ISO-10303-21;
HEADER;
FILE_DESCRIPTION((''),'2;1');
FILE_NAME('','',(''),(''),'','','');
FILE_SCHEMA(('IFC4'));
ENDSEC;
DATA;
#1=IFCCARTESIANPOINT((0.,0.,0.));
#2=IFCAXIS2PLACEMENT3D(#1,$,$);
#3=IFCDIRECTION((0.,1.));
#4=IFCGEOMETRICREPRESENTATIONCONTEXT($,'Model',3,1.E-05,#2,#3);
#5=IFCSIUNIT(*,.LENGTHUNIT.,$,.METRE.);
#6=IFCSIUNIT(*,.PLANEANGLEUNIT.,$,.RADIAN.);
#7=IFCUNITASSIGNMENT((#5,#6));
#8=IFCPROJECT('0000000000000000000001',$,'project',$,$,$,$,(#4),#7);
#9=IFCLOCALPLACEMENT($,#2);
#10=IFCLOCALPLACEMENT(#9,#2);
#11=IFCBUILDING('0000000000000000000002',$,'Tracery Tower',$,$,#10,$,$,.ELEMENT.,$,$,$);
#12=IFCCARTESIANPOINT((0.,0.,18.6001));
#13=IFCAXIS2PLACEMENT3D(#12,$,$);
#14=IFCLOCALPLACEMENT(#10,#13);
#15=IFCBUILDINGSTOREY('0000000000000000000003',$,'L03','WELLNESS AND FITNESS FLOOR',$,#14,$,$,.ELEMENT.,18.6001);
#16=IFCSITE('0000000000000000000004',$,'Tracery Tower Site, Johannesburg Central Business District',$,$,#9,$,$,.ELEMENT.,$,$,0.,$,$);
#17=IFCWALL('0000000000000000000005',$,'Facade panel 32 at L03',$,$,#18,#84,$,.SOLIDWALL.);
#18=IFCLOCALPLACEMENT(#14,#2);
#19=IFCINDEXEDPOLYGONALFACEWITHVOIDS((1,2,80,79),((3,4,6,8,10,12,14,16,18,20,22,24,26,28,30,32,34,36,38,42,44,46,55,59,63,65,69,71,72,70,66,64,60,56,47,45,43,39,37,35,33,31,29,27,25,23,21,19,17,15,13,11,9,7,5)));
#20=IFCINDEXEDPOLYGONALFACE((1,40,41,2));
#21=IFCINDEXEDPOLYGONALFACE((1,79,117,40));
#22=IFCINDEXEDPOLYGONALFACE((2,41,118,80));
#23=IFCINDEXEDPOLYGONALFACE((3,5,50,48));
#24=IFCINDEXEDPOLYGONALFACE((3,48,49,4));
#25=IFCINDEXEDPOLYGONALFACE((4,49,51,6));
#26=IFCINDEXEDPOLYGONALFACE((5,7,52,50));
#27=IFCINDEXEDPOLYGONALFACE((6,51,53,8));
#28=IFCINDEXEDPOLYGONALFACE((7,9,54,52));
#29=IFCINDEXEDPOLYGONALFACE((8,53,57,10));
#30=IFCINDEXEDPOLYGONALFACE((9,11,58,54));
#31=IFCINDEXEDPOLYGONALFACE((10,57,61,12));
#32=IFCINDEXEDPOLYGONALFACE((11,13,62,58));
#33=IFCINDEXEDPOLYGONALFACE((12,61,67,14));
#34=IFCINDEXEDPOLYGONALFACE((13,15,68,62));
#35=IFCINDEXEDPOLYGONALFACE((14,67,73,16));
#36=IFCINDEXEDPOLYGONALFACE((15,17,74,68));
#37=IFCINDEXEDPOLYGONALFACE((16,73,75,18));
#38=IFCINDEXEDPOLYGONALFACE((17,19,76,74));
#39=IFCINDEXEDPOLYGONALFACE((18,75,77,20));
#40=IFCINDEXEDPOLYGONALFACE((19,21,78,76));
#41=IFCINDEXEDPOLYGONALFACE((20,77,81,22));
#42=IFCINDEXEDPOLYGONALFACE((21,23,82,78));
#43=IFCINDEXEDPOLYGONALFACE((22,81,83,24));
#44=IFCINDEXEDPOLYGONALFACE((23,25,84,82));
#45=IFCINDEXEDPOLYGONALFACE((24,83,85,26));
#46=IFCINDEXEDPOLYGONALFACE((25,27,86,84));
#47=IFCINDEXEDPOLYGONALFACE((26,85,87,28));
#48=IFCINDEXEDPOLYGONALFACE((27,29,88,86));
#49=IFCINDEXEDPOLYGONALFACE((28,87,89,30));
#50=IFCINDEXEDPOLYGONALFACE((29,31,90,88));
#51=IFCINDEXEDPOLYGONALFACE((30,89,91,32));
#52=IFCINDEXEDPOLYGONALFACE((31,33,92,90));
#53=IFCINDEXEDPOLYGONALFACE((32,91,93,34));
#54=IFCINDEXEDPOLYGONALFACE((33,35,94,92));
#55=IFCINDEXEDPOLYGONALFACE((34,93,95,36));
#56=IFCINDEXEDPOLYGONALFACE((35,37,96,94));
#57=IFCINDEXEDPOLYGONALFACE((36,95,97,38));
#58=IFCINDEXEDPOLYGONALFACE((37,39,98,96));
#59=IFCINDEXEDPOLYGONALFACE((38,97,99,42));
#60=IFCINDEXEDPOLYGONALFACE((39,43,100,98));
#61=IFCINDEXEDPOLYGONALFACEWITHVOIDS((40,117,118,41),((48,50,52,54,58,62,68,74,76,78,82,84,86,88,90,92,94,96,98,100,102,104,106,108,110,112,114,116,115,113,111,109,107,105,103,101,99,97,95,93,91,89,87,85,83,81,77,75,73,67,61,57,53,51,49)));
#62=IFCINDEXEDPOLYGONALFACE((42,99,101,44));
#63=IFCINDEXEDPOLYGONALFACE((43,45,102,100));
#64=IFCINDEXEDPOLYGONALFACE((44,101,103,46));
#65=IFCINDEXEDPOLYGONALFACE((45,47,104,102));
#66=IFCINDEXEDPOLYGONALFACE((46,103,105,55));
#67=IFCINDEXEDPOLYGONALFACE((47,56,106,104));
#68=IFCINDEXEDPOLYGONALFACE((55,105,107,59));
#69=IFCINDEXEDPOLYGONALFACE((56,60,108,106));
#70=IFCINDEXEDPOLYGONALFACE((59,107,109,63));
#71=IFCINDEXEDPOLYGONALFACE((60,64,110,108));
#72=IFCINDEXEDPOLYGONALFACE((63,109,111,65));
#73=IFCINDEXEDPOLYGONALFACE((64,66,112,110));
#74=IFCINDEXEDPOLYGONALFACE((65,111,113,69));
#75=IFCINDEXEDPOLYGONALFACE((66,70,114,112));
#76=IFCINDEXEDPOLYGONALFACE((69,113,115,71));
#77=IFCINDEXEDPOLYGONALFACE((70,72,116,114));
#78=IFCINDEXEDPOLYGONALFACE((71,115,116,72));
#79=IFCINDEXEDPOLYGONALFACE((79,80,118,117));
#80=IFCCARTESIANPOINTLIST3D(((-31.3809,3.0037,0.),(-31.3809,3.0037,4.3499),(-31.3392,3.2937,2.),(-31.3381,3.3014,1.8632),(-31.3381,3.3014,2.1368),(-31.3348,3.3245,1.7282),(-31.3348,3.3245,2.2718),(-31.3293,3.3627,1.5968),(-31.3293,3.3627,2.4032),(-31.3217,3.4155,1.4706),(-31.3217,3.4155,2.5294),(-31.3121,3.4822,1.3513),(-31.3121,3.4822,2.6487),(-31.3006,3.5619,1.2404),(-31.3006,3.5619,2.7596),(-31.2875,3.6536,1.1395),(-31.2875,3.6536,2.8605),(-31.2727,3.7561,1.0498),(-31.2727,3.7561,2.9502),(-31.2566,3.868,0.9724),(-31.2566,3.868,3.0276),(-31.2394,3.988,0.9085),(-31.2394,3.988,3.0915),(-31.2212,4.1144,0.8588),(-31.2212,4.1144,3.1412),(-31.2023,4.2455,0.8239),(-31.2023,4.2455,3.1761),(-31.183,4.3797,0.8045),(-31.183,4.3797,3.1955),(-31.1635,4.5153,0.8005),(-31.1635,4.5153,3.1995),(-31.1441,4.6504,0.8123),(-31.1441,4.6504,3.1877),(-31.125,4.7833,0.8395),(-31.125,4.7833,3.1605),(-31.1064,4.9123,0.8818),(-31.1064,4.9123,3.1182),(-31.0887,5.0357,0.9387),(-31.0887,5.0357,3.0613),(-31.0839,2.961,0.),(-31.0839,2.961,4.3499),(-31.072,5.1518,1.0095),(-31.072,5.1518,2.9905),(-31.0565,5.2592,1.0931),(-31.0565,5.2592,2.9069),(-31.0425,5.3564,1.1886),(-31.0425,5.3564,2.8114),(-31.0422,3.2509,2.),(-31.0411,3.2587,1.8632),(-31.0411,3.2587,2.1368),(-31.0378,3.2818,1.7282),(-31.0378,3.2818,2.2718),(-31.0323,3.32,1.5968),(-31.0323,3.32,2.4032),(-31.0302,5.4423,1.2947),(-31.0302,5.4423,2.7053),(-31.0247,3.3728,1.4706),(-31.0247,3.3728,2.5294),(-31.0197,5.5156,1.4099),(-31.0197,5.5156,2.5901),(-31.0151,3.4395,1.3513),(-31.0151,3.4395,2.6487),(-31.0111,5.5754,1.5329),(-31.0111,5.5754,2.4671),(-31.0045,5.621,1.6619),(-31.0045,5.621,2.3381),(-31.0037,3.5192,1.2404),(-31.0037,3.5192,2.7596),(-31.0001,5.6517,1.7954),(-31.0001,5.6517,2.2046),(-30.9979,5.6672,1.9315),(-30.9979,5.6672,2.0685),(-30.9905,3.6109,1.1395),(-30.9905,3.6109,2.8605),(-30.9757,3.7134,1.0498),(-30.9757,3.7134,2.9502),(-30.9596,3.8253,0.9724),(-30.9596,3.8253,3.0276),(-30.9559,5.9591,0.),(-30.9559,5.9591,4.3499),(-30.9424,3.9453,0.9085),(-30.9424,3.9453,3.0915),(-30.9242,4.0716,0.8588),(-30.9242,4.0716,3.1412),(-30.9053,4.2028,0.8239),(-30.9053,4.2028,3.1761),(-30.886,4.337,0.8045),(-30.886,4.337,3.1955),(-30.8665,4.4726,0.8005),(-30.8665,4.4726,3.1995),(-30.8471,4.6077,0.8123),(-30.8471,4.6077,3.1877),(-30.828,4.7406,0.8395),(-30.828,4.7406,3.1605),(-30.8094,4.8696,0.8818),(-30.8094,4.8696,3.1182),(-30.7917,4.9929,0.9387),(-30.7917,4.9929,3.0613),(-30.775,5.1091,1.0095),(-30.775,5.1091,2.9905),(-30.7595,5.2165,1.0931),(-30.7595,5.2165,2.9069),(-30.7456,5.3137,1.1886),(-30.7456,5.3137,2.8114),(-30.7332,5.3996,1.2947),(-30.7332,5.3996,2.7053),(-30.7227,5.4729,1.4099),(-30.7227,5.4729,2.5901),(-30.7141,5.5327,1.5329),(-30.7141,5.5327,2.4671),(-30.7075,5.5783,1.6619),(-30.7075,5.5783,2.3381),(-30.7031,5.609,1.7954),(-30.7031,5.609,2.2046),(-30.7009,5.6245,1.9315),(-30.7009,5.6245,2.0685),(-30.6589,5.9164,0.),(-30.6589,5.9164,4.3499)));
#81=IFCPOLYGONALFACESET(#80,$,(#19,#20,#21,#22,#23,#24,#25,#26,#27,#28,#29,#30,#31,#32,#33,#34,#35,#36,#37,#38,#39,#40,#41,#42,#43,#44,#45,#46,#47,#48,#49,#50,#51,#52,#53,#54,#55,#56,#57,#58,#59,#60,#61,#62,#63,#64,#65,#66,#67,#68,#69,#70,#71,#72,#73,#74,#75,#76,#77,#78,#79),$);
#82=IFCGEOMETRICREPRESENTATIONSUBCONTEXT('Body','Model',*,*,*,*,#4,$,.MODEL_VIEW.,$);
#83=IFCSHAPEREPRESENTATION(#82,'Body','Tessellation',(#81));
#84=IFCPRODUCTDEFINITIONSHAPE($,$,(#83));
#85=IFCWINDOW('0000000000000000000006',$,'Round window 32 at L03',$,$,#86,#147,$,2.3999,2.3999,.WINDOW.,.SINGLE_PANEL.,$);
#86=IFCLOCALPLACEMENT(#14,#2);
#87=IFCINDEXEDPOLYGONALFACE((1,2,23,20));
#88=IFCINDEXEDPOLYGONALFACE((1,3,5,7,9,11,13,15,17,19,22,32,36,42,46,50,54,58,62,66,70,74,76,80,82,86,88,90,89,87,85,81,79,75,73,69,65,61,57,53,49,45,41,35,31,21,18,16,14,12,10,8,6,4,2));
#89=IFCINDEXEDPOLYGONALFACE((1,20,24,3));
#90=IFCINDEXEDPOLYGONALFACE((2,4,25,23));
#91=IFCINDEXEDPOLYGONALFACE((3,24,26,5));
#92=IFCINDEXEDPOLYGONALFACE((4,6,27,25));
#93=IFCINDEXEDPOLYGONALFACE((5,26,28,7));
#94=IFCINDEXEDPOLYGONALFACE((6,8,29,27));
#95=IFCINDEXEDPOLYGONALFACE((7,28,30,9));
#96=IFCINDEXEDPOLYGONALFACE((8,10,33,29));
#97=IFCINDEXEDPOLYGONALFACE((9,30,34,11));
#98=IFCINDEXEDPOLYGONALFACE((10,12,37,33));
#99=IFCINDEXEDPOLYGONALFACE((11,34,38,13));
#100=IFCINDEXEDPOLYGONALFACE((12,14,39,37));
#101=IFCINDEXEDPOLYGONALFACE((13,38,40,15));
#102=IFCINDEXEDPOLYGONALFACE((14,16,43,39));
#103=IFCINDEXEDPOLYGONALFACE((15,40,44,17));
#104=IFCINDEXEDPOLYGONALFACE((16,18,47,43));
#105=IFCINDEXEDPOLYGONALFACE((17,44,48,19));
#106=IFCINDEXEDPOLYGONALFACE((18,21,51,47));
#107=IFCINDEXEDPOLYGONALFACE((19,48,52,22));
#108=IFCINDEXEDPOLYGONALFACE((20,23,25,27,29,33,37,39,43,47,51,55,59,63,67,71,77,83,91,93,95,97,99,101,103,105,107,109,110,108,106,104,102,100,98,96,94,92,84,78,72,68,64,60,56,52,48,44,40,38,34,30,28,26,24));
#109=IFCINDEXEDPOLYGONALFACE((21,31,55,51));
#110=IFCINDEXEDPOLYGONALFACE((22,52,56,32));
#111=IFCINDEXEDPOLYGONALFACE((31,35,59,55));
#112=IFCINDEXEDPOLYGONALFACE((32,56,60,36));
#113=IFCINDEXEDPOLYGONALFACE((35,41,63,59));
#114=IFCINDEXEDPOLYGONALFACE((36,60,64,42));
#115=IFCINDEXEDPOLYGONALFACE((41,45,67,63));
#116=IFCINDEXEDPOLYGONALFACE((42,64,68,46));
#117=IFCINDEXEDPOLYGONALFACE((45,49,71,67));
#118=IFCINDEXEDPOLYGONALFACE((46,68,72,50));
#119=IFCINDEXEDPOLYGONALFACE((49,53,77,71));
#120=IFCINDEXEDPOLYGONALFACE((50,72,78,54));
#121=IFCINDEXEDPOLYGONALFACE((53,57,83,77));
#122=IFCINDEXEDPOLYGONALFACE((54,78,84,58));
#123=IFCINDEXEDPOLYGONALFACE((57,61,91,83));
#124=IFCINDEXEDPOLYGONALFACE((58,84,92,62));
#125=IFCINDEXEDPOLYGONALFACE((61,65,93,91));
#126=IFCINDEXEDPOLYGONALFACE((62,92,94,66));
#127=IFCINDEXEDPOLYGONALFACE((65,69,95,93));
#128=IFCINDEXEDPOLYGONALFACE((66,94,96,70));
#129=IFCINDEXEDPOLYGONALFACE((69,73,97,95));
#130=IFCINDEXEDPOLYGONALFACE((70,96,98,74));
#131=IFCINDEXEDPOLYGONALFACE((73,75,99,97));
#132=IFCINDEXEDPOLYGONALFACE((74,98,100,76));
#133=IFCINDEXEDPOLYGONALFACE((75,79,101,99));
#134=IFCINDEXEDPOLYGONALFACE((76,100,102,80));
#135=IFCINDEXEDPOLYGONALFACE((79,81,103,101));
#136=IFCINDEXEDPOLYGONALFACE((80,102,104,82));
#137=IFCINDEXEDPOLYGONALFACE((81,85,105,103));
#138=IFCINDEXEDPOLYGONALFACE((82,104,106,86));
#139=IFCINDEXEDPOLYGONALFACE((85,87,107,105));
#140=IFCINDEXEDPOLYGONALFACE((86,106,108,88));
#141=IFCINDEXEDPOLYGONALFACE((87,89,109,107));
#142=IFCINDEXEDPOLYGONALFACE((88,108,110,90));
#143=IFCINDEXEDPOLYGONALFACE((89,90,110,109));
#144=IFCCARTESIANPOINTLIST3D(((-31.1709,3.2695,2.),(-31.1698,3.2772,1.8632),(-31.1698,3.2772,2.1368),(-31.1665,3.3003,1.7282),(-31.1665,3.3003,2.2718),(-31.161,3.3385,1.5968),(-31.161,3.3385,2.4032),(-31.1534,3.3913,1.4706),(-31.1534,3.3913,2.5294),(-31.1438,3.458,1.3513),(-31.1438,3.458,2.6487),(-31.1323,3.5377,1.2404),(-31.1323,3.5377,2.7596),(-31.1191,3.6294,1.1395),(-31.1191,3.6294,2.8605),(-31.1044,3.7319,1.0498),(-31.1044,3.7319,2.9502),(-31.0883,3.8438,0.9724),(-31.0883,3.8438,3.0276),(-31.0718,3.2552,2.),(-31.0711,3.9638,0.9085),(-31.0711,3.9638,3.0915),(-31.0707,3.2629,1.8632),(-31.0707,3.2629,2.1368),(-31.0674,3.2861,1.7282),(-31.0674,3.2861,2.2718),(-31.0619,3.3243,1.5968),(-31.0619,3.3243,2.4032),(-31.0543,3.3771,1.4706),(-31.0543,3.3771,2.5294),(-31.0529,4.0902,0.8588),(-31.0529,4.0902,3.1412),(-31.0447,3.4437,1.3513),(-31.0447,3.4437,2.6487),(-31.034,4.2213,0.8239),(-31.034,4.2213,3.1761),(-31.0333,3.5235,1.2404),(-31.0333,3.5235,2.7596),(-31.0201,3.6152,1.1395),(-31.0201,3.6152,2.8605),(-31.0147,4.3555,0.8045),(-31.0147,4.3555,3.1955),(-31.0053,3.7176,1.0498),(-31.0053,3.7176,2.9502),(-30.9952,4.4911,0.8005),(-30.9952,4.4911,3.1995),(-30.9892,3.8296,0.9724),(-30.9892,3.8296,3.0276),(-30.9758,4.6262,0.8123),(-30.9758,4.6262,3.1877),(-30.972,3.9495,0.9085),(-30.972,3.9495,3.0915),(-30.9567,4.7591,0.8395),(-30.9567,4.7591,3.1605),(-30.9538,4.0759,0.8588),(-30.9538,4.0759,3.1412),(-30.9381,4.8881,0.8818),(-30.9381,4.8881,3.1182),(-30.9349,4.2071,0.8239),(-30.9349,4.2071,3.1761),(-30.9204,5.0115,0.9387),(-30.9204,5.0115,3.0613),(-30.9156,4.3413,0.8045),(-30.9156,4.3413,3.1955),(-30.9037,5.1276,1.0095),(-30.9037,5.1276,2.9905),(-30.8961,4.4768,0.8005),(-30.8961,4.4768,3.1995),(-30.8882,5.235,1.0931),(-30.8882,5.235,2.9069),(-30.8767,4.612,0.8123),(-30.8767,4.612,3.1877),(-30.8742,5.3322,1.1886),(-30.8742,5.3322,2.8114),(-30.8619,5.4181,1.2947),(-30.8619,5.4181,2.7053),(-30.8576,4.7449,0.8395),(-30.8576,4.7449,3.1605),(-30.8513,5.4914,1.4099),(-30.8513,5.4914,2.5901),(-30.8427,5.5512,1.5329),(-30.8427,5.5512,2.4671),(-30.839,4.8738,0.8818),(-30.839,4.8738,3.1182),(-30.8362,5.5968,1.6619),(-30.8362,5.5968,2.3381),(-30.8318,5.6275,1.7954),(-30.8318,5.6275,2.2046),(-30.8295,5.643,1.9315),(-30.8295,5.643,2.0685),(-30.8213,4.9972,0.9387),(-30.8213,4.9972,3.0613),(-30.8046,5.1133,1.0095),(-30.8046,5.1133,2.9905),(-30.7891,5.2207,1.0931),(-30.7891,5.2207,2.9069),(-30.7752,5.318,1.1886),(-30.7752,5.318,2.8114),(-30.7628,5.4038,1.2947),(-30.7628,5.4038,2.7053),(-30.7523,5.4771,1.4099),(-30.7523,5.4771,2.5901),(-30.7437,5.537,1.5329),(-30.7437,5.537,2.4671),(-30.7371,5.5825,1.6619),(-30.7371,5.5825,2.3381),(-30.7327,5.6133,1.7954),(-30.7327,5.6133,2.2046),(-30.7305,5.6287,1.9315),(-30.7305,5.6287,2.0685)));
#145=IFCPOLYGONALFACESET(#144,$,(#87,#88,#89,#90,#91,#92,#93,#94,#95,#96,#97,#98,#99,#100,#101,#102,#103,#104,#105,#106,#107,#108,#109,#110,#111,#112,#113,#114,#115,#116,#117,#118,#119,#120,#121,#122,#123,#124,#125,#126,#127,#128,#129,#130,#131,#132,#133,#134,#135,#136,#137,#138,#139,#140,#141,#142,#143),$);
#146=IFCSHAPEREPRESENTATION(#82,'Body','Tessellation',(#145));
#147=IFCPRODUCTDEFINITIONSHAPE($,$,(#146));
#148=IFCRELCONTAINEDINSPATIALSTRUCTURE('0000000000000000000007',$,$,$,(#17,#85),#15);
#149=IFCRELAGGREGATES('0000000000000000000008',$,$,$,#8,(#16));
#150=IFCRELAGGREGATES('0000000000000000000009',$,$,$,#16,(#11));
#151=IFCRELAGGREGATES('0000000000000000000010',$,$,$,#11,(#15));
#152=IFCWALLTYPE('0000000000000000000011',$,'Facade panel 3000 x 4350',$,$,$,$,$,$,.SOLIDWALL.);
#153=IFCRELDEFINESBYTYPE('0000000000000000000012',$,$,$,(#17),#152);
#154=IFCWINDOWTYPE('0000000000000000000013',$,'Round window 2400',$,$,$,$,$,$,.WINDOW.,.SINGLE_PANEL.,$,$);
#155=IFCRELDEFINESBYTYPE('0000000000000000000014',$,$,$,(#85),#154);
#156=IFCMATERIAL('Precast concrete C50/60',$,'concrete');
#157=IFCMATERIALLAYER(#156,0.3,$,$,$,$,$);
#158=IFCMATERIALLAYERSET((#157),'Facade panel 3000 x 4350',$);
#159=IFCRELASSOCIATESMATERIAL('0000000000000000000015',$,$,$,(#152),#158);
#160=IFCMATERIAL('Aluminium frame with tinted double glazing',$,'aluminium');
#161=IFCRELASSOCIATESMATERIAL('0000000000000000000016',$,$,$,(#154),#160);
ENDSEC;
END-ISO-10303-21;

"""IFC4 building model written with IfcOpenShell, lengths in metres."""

from ifc_helpers import new_model, si_unit, direction, frame, frame_2d, origin, origin_2d, place, context, subcontext, project, spatial, rectangle, circle, extrude, material, layer, layer_set, type_object, element, fill, save


model = new_model("IFC4")

# Units and contexts
model_context = context("Model", 3, precision=1e-05, world=origin(), true_north=direction((0.0, 1.0)))
body_context = subcontext(model_context, "Body", "Model", "MODEL_VIEW")
ifc_project = project(units=[si_unit("LENGTHUNIT", "METRE"), si_unit("PLANEANGLEUNIT", "RADIAN")], contexts=[model_context])

# Site, building, storey
site_placement = place(None, origin())
site = spatial("IfcSite", under=ifc_project, at=site_placement, Name="Tracery Tower Site, Johannesburg Central Business District", CompositionType="ELEMENT", RefElevation=0.0)
building_placement = place(site_placement, origin())
building = spatial("IfcBuilding", under=site, at=building_placement, Name="Tracery Tower", CompositionType="ELEMENT")
storey_placement = place(building_placement, frame((0.0, 0.0, 18.6001)))
storey = spatial("IfcBuildingStorey", under=building, at=storey_placement, Name="L03", Description="WELLNESS AND FITNESS FLOOR", CompositionType="ELEMENT", Elevation=18.6001)

# Wall, opening, window
ifc_material_1 = material(Name="Precast concrete C50/60", Category="concrete")
ifc_layer_1 = layer(ifc_material_1, 0.3)
ifc_layer_set_1 = layer_set([ifc_layer_1], Name="Facade panel 3000 x 4350")
wall_type_1 = type_object("IfcWallType", Name="Facade panel 3000 x 4350", PredefinedType="SOLIDWALL", material=ifc_layer_set_1)
ifc_material_2 = material(Name="Aluminium frame with tinted double glazing", Category="aluminium")
window_type = type_object("IfcWindowType", Name="Round window 2400", PartitioningType="SINGLE_PANEL", PredefinedType="WINDOW", material=ifc_material_2)
wall_1_placement = place(storey_placement, frame((-30.8074, 5.9377, 0.0), z_axis=(0.0, 0.0, 1.0), x_axis=(-0.14236, -0.989815, 0.0)))
wall_1 = element("IfcWall", 1, at=wall_1_placement, inside=storey, type_object=wall_type_1, Name="Facade panel 32 at L03", PredefinedType="SOLIDWALL", context=body_context, shape_type="SweptSolid", body=[
    extrude(rectangle(XDim=2.9858, YDim=0.3, at=frame_2d((1.4929, 0.0))), origin(), (0.0, 0.0, 1.0), 4.3499),
])
opening_1_placement = place(wall_1_placement, frame((1.4929, 0.0, 2.0)))
opening_1 = element("IfcOpeningElement", 2, at=opening_1_placement, cuts=wall_1, PredefinedType="OPENING", context=body_context, shape_type="SweptSolid", body=[
    extrude(circle(Radius=1.2, at=origin_2d()), frame((0.0, 0.1599, 0.0), z_axis=(0.0, -1.0, 0.0), x_axis=(1.0, 0.0, 0.0)), (0.0, 0.0, 1.0), 0.3201),
])
window_1_placement = place(opening_1_placement, origin())
window_1 = element("IfcWindow", 3, at=window_1_placement, inside=storey, type_object=window_type, Name="Round window 32 at L03", OverallHeight=2.3999, OverallWidth=2.3999, PartitioningType="SINGLE_PANEL", PredefinedType="WINDOW", context=body_context, shape_type="SweptSolid", body=[
    extrude(circle(Radius=1.2, at=origin_2d()), frame((0.0, 0.1201, 0.0), z_axis=(0.0, -1.0, 0.0), x_axis=(1.0, 0.0, 0.0)), (0.0, 0.0, 1.0), 0.1001),
])
fill(opening_1, window_1)

save(model, "model.ifc")
